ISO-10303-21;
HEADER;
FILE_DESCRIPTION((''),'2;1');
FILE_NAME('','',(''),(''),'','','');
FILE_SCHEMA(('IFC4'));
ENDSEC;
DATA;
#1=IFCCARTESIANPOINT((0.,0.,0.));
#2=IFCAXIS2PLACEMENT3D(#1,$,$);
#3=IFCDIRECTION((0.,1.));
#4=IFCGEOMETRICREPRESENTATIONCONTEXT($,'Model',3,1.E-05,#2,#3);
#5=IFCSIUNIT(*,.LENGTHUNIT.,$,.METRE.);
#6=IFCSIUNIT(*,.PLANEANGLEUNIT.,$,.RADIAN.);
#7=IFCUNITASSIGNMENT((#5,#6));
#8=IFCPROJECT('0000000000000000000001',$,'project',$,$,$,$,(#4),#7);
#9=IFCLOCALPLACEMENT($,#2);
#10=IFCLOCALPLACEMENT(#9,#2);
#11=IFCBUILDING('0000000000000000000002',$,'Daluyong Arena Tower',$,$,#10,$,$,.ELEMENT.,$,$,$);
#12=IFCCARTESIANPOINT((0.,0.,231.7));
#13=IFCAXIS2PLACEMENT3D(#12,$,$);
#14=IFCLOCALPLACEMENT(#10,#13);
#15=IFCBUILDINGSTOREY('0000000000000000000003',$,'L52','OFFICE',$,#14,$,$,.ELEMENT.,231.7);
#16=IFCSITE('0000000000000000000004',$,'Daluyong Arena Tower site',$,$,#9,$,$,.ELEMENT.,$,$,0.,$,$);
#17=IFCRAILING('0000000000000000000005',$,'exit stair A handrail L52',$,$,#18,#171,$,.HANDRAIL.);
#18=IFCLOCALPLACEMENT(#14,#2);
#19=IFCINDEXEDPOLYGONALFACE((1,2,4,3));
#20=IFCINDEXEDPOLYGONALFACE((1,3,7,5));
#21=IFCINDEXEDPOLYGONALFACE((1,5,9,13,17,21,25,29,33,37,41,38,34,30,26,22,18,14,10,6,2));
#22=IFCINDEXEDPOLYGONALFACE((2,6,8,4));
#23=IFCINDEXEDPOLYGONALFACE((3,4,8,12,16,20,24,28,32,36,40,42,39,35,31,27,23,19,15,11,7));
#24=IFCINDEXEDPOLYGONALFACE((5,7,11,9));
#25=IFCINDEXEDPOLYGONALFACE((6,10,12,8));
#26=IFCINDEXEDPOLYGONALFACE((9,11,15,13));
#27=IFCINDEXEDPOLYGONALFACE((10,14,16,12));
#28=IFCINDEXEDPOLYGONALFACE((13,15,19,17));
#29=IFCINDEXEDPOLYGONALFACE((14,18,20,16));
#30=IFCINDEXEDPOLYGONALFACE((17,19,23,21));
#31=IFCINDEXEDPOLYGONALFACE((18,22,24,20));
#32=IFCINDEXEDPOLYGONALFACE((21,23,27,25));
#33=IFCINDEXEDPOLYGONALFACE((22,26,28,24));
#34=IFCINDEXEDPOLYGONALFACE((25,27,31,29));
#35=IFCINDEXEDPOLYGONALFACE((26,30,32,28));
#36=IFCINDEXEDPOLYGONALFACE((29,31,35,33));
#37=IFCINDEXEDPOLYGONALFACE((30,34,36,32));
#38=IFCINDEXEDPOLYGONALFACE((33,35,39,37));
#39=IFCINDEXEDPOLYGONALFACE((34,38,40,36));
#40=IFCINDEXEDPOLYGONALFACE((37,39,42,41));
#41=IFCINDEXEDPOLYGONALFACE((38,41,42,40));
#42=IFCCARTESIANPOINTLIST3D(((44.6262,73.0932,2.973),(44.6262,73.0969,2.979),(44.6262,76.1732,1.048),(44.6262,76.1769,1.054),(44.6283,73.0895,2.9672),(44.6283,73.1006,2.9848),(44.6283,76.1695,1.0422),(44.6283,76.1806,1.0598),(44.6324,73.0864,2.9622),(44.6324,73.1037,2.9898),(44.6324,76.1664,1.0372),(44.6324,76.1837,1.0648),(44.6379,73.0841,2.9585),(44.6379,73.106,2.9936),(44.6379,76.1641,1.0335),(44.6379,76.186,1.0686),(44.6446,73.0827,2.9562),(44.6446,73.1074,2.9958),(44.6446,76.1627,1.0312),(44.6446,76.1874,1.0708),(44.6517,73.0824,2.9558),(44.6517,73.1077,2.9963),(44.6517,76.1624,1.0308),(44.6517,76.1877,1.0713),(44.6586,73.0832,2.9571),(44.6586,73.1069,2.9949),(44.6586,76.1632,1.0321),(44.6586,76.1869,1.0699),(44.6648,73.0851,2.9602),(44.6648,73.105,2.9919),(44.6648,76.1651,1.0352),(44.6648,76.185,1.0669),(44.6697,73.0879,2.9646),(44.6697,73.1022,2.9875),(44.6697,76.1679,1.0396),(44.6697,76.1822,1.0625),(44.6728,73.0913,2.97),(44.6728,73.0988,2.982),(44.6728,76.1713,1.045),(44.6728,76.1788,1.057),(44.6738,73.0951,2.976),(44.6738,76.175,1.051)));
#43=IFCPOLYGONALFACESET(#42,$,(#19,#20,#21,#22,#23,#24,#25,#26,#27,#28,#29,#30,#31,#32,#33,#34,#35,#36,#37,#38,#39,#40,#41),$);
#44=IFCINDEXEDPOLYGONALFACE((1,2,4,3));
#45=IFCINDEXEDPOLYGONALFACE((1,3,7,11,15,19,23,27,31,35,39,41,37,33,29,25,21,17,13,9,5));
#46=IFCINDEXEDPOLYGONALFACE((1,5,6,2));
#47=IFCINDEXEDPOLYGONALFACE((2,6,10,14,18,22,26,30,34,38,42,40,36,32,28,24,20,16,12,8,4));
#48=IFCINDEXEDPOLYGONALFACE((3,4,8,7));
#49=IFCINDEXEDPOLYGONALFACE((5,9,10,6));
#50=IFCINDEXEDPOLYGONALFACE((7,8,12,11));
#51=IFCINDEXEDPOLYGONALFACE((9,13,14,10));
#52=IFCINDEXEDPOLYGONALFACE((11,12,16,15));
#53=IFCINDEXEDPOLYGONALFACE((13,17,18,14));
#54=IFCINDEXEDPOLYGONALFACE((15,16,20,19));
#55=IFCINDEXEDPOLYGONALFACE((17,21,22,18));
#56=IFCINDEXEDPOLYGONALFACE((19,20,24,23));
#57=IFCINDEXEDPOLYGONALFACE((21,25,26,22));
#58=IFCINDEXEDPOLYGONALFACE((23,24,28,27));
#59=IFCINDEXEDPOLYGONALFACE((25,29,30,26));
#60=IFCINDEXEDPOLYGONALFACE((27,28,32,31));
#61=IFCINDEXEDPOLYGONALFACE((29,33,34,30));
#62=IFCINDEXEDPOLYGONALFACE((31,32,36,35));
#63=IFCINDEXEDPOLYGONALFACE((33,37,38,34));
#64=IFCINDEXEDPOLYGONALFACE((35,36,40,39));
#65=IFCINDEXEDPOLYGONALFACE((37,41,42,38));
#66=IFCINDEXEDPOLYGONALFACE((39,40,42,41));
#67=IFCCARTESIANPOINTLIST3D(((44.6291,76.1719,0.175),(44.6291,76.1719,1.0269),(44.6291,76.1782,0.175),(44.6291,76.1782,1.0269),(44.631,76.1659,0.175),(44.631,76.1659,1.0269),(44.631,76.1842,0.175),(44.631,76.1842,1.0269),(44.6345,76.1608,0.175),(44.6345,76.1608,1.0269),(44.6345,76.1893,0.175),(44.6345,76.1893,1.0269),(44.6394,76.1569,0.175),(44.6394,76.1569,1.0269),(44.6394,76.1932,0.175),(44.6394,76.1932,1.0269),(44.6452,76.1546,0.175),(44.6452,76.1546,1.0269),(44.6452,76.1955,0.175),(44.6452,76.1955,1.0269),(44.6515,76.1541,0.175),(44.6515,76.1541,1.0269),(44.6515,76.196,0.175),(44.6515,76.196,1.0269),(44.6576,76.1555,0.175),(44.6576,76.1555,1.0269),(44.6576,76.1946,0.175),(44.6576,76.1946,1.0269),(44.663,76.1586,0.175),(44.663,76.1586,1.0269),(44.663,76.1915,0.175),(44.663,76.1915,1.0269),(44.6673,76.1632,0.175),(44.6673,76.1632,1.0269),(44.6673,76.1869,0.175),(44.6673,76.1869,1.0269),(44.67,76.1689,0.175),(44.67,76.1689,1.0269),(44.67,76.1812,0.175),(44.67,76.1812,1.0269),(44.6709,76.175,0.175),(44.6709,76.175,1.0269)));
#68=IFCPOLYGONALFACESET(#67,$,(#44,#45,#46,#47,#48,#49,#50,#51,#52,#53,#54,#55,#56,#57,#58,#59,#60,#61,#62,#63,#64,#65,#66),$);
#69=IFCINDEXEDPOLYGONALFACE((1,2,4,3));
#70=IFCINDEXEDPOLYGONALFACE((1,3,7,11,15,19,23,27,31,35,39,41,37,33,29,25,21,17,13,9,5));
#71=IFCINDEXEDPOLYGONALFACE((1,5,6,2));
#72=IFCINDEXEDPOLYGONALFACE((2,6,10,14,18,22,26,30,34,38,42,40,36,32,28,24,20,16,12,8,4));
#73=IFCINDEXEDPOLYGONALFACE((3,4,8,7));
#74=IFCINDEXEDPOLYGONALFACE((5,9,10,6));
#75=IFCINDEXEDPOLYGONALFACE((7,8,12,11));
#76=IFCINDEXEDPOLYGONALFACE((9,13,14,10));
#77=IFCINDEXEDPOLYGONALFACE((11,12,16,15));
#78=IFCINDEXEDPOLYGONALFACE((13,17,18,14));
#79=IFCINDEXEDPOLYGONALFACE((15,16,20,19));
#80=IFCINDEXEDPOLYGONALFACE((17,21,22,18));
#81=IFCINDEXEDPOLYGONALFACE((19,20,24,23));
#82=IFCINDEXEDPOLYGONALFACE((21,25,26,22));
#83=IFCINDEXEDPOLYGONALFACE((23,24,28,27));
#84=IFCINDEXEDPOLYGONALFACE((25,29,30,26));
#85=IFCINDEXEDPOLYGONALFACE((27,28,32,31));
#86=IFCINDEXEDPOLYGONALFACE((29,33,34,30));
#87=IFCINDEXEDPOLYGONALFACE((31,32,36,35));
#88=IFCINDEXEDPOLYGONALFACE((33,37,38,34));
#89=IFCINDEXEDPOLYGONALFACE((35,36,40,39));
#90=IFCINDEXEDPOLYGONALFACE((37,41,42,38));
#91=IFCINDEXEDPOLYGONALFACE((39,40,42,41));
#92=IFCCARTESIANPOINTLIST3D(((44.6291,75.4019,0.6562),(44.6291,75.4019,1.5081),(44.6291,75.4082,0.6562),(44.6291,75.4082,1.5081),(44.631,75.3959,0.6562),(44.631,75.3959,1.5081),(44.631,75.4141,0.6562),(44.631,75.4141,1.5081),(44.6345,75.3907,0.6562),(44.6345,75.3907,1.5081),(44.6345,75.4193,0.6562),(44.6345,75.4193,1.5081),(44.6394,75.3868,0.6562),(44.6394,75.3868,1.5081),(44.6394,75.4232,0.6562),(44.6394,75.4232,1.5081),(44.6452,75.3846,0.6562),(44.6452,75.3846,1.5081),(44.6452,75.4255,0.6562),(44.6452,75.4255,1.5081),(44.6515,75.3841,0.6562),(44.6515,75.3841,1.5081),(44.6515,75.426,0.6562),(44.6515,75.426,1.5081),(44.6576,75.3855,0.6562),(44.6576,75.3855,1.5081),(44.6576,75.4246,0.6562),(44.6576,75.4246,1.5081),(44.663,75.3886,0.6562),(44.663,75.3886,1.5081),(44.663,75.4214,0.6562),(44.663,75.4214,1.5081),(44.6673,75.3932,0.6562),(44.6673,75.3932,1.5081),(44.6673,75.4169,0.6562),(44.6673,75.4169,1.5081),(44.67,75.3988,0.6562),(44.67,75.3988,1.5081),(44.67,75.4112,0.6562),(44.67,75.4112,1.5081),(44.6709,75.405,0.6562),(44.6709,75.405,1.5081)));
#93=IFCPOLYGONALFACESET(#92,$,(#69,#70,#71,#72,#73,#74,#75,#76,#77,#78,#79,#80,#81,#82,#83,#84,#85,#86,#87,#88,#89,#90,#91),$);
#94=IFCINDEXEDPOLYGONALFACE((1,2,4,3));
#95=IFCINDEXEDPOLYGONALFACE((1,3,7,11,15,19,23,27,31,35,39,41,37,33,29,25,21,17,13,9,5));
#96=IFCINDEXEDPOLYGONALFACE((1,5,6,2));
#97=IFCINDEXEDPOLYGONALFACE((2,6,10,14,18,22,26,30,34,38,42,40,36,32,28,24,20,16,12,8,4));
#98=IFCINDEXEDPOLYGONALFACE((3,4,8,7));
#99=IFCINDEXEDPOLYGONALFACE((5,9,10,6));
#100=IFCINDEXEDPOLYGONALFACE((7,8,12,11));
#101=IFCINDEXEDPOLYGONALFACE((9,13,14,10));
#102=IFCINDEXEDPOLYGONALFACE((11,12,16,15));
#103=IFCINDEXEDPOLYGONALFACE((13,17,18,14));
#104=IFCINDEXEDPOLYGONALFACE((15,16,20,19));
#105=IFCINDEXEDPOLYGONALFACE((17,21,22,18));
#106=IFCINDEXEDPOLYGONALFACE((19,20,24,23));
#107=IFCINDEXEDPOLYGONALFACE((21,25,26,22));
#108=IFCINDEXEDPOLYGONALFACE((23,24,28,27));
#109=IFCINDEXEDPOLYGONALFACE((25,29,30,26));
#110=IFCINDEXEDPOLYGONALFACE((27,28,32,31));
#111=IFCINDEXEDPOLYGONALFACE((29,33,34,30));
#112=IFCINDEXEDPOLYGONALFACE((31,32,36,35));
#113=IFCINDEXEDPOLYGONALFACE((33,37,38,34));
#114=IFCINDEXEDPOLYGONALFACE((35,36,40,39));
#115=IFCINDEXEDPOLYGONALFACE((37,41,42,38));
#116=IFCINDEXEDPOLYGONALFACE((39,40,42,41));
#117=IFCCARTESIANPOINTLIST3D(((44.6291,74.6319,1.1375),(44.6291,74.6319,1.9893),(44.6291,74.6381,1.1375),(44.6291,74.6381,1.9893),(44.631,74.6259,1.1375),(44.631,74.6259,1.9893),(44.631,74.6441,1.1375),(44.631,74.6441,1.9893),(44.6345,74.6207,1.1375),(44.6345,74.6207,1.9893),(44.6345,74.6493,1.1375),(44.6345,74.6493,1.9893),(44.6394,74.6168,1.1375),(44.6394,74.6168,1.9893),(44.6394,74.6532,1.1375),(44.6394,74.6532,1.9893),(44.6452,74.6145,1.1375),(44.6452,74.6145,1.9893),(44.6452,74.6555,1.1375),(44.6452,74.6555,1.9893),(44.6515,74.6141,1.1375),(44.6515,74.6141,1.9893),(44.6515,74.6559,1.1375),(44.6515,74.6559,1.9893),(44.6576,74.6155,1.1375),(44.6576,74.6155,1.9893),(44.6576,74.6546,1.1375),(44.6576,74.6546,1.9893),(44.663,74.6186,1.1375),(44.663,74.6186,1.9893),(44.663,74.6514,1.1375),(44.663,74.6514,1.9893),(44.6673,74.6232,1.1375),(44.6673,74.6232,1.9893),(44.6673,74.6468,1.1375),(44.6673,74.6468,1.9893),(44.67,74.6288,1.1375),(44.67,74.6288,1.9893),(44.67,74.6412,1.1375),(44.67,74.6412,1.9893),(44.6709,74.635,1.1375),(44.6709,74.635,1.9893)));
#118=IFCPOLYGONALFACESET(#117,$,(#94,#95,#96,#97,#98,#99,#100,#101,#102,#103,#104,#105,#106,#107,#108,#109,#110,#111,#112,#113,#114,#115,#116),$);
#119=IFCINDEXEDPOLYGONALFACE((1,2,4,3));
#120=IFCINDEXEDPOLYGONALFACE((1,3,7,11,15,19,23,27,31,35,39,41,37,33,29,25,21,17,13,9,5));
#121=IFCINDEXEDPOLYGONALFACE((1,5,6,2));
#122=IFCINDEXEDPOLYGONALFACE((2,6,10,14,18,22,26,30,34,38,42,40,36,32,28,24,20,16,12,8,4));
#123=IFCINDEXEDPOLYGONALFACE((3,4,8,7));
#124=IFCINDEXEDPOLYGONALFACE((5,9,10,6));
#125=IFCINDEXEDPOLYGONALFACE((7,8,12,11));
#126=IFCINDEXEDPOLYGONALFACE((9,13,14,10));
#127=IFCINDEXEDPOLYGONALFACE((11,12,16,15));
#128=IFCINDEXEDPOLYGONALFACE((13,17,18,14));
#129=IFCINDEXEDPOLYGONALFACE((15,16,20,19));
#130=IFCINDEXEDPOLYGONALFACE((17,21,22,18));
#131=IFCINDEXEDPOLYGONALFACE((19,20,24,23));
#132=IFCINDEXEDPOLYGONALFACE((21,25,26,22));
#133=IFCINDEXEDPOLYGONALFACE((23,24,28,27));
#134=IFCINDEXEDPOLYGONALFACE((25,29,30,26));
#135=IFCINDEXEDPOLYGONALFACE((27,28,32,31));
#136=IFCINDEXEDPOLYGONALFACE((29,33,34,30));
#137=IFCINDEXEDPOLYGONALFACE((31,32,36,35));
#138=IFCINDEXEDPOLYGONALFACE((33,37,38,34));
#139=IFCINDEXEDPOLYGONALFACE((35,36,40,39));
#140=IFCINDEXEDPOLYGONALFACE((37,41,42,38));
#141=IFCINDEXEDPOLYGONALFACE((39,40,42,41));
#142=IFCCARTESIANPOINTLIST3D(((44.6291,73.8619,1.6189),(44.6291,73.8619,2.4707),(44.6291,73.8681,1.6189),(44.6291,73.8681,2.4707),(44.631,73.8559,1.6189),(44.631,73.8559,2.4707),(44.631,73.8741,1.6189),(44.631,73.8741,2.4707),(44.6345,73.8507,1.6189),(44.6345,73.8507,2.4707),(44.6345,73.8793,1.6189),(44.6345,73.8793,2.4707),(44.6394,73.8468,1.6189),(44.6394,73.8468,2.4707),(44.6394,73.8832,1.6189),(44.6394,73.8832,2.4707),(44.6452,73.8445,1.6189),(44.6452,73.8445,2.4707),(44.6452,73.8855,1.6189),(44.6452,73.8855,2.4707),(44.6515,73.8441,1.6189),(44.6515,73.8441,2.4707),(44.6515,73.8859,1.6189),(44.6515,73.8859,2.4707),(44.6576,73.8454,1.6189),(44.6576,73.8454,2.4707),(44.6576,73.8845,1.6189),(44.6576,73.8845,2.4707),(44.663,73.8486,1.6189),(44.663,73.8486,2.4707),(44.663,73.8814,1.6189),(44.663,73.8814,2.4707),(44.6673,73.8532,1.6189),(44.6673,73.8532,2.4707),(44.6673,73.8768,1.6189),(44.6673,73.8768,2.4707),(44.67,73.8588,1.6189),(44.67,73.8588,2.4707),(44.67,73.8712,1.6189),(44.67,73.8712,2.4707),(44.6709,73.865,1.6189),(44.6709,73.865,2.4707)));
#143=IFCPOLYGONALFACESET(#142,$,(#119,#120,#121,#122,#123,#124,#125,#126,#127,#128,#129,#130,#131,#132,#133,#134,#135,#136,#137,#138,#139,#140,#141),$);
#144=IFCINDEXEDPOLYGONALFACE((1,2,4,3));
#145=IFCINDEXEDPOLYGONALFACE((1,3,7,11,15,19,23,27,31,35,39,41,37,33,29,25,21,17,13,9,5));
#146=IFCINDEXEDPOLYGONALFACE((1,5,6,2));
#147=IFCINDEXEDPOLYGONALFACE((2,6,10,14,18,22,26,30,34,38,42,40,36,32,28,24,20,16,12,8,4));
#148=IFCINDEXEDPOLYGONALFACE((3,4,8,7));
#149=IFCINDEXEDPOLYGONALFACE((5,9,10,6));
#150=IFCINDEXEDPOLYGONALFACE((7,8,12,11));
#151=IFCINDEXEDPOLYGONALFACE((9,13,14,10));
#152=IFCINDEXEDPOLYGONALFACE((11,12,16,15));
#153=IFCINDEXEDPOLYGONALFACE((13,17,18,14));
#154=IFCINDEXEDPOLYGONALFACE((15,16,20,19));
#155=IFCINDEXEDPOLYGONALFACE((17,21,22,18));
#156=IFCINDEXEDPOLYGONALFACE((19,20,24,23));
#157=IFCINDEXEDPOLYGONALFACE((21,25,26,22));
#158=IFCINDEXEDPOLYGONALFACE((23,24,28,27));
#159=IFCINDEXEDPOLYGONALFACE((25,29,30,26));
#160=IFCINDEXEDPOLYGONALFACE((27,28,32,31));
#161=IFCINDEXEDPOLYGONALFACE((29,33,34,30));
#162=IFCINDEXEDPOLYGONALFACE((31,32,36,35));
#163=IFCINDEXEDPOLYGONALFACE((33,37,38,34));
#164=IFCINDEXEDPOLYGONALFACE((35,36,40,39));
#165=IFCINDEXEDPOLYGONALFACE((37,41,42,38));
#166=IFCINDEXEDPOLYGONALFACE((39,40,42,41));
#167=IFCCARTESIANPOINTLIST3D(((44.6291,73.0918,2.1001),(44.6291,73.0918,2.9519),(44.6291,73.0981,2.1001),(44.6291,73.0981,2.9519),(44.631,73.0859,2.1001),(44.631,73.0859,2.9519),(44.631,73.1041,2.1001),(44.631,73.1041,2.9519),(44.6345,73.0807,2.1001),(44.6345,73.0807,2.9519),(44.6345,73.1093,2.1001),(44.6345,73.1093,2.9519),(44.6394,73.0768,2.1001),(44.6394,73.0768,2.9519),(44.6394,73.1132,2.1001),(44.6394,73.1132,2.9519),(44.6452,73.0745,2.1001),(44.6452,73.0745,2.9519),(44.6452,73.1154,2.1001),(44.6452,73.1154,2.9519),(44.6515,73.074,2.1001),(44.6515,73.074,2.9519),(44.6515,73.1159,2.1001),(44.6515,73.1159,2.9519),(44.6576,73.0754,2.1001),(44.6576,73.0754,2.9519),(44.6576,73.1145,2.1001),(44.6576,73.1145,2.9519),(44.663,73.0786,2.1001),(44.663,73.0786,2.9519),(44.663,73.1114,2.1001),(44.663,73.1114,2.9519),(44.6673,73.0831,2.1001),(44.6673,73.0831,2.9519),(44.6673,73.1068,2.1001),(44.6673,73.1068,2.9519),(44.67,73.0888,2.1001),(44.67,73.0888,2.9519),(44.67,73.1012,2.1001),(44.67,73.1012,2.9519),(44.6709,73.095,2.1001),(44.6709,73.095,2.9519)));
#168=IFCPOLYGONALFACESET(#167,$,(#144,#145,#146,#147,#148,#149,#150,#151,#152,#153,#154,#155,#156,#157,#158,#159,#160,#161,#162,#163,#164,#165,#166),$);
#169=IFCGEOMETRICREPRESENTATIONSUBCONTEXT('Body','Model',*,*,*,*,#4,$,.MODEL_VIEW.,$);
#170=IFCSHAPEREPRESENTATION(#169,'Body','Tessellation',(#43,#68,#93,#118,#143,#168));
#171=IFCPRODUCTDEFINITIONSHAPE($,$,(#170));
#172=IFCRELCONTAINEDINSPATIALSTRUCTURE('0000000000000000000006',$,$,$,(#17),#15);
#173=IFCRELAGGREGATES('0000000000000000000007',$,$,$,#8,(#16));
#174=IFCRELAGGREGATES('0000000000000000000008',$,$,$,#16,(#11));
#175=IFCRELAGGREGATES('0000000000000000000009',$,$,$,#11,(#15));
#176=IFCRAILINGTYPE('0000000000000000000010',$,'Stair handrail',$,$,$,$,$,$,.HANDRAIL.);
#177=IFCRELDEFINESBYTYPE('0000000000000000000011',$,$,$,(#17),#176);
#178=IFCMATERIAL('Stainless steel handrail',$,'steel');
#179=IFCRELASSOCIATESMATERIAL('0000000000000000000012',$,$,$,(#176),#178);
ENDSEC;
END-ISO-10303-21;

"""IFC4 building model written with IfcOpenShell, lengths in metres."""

from ifc_helpers import new_model, si_unit, direction, frame, origin, origin_2d, place, context, subcontext, project, spatial, circle, extrude, material, type_object, element, save


model = new_model("IFC4")

# Units and contexts
model_context = context("Model", 3, precision=1e-05, world=origin(), true_north=direction((0.0, 1.0)))
body_context = subcontext(model_context, "Body", "Model", "MODEL_VIEW")
ifc_project = project(units=[si_unit("LENGTHUNIT", "METRE"), si_unit("PLANEANGLEUNIT", "RADIAN")], contexts=[model_context])

# Site, building, storey
site_placement = place(None, origin())
site = spatial("IfcSite", under=ifc_project, at=site_placement, Name="Daluyong Arena Tower site", CompositionType="ELEMENT", RefElevation=0.0)
building_placement = place(site_placement, origin())
building = spatial("IfcBuilding", under=site, at=building_placement, Name="Daluyong Arena Tower", CompositionType="ELEMENT")
storey_placement = place(building_placement, frame((0.0, 0.0, 231.7)))
storey = spatial("IfcBuildingStorey", under=building, at=storey_placement, Name="L52", Description="OFFICE", CompositionType="ELEMENT", Elevation=231.7)

# Railing
ifc_material_1 = material(Name="Stainless steel handrail", Category="steel")
railing_type_1 = type_object("IfcRailingType", Name="Stair handrail", PredefinedType="HANDRAIL", material=ifc_material_1)
railing_1_placement = place(storey_placement, frame((44.6499, 76.175, 0.175)))
element("IfcRailing", 1, at=railing_1_placement, inside=storey, type_object=railing_type_1, Name="exit stair A handrail L52", PredefinedType="HANDRAIL", context=body_context, shape_type="SweptSolid", body=[
    extrude(circle(Radius=0.0239, at=origin_2d()), frame((0.0, 0.0, 0.876), z_axis=(0.0, -0.847998, 0.529999), x_axis=(1.0, 0.0, 0.0)), (0.0, 0.0, 1.0), 3.6321),
    extrude(circle(Radius=0.021, at=origin_2d()), origin(), (0.0, 0.0, 1.0), 0.8518),
    extrude(circle(Radius=0.021, at=origin_2d()), frame((0.0, -0.77, 0.4812)), (0.0, 0.0, 1.0), 0.8518),
    extrude(circle(Radius=0.021, at=origin_2d()), frame((0.0, -1.54, 0.9624)), (0.0, 0.0, 1.0), 0.8518),
    extrude(circle(Radius=0.021, at=origin_2d()), frame((0.0, -2.3101, 1.4438)), (0.0, 0.0, 1.0), 0.8518),
    extrude(circle(Radius=0.021, at=origin_2d()), frame((0.0, -3.0801, 1.925)), (0.0, 0.0, 1.0), 0.8518),
])

save(model, "model.ifc")
